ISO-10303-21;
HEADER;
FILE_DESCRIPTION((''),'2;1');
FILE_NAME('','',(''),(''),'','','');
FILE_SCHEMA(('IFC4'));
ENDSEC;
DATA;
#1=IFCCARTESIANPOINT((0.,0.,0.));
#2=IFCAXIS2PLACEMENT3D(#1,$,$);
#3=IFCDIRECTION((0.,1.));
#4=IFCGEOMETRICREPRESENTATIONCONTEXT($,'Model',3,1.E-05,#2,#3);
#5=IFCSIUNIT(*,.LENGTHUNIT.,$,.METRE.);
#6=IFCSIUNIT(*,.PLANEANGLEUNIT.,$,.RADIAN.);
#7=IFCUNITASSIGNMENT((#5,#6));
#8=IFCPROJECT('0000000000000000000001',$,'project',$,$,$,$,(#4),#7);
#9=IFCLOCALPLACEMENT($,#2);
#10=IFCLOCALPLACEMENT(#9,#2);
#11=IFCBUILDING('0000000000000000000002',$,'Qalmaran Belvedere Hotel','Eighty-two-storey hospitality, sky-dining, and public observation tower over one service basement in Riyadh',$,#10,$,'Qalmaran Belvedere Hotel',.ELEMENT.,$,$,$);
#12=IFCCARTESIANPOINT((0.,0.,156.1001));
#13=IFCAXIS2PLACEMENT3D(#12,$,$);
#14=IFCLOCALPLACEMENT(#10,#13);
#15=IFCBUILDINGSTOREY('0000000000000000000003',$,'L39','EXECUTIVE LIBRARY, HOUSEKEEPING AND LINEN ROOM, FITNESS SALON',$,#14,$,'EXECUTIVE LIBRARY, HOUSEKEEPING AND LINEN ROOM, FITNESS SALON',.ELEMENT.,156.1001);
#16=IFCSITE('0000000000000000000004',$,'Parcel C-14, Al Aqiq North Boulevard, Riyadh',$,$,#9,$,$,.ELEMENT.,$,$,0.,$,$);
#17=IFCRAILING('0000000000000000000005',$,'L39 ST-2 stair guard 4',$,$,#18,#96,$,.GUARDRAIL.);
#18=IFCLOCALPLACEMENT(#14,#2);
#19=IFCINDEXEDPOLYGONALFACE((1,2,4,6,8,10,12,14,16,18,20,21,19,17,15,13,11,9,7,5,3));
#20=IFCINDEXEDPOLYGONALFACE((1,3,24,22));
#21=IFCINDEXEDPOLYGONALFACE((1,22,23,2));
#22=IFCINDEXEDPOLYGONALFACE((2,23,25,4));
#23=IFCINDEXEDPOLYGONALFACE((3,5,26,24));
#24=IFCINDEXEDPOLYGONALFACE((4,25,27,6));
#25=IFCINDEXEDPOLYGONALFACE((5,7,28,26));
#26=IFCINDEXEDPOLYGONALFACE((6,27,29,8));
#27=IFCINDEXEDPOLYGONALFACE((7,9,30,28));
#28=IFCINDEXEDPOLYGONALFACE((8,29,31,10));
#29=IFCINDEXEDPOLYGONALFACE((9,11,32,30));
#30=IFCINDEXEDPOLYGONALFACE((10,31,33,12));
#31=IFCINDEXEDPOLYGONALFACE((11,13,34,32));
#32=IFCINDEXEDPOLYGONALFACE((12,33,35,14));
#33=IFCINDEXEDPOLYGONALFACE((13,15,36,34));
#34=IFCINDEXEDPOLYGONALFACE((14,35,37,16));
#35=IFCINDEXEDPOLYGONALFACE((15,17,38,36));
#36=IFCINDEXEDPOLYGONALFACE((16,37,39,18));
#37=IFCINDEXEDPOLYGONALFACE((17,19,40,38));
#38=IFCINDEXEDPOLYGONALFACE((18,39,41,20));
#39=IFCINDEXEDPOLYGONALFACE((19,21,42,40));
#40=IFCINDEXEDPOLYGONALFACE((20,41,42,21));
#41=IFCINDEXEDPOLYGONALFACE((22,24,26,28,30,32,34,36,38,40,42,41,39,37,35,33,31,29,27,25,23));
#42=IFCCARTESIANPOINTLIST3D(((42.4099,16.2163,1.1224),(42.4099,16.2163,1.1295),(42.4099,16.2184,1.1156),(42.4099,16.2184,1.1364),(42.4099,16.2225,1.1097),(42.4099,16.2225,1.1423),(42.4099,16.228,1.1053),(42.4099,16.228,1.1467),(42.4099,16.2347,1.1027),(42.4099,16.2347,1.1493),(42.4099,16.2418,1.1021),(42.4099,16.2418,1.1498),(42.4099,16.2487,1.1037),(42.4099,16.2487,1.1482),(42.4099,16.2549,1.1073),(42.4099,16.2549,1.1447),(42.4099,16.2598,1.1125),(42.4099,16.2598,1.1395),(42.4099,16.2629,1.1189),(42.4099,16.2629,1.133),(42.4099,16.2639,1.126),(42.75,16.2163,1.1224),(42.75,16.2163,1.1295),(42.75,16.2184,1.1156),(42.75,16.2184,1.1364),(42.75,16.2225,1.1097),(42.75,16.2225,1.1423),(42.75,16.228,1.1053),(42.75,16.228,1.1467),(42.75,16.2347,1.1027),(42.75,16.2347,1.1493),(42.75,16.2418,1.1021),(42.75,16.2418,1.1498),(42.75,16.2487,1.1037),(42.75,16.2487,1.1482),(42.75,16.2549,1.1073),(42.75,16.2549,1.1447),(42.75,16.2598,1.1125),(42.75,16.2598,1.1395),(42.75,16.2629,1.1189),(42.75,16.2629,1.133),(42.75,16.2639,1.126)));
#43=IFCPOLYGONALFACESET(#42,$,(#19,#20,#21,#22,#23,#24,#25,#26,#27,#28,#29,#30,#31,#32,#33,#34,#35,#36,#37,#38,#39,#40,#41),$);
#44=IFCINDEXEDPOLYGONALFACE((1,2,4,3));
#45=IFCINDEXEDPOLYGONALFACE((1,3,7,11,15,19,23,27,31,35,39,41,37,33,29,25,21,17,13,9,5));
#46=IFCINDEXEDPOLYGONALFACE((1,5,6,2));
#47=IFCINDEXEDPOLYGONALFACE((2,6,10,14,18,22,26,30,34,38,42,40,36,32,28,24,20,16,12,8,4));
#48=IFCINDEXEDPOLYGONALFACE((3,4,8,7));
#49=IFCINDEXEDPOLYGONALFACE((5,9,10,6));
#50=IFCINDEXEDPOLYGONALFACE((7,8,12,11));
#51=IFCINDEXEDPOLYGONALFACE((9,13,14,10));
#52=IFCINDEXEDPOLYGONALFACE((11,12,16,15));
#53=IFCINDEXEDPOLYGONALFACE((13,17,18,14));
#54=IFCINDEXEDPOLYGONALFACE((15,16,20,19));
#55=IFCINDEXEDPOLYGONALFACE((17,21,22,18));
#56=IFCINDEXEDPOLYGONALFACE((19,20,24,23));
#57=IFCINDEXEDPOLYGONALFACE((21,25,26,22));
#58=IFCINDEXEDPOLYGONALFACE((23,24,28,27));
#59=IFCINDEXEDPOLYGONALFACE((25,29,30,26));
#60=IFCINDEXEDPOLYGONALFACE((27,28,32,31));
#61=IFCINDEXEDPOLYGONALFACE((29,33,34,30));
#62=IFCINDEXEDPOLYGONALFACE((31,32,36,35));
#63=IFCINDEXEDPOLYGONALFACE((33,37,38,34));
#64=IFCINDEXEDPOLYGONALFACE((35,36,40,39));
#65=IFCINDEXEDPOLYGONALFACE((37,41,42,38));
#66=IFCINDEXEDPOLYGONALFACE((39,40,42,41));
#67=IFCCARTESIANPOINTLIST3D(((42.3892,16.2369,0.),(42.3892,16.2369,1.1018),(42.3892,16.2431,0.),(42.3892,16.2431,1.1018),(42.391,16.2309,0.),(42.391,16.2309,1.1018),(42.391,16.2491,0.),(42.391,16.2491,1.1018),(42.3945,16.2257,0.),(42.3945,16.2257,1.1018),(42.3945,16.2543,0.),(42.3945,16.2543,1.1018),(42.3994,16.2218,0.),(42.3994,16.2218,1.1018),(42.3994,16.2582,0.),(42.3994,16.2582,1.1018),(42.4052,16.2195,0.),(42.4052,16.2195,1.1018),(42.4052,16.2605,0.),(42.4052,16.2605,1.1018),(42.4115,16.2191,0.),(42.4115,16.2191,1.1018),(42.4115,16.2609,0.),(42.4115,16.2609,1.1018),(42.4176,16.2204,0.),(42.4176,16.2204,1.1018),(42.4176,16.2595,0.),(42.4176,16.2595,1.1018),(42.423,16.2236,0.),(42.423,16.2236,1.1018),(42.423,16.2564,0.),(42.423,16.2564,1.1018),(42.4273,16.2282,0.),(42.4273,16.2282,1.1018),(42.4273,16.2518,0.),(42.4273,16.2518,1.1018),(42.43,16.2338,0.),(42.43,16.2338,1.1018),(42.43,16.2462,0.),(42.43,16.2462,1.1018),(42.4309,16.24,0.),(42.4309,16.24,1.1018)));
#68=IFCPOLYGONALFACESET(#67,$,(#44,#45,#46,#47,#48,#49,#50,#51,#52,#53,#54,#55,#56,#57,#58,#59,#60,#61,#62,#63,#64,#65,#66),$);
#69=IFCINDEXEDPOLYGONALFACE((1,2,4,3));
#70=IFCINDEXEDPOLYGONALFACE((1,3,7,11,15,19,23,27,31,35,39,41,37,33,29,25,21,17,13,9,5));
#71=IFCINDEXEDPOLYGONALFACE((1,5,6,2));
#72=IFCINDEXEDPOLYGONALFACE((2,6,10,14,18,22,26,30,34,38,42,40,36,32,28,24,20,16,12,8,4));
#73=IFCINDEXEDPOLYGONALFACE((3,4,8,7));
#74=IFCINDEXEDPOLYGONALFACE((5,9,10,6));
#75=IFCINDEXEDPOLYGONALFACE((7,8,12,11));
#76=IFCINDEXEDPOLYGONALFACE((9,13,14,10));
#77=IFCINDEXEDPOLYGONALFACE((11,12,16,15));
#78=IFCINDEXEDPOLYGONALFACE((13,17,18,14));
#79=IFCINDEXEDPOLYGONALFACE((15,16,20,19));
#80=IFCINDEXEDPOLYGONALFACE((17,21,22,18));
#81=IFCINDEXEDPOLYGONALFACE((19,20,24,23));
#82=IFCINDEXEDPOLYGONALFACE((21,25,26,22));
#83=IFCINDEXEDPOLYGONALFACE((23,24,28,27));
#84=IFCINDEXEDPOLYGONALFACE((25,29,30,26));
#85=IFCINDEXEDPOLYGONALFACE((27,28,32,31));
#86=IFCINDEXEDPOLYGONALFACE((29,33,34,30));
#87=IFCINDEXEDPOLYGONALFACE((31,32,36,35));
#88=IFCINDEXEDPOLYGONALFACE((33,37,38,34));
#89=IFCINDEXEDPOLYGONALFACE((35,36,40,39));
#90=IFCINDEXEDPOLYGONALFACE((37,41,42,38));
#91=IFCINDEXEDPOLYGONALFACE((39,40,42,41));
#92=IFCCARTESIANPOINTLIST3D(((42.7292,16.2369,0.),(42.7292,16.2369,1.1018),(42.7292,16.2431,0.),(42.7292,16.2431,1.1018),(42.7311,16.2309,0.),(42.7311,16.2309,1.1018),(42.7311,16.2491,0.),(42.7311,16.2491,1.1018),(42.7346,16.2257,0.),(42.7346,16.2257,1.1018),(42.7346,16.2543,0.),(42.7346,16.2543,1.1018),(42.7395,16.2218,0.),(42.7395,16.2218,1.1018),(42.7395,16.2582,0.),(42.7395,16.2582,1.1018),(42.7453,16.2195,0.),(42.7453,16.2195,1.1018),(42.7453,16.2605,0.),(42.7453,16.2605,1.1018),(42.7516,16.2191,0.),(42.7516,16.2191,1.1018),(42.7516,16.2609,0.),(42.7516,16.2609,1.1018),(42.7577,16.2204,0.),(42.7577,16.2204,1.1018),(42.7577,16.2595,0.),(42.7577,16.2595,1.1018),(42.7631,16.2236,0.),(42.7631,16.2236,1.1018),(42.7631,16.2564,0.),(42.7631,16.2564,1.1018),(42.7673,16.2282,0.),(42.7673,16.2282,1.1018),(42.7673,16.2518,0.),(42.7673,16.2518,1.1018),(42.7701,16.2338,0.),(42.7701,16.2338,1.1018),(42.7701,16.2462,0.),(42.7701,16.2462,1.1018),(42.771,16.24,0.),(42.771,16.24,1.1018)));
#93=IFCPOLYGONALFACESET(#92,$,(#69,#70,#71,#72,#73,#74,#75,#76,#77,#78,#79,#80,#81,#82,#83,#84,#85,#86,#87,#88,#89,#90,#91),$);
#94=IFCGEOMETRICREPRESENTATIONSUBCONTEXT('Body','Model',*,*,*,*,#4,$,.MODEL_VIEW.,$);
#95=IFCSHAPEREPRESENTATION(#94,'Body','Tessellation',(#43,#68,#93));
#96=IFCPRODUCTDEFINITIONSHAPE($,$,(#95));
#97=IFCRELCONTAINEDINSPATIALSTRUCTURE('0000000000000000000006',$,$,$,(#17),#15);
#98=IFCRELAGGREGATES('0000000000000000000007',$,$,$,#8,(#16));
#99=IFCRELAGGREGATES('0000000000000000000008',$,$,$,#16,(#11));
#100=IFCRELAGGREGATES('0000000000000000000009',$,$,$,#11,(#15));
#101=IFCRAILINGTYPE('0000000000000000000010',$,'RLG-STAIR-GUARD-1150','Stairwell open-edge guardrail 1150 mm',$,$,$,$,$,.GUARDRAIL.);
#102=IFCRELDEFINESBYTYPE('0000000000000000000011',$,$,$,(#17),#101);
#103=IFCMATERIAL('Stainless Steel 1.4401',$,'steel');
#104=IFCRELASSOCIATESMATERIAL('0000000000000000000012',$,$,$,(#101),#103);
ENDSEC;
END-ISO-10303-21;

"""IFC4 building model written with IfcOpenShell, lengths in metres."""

from ifc_helpers import new_model, si_unit, direction, frame, origin, origin_2d, place, context, subcontext, project, spatial, circle, extrude, material, type_object, element, save


model = new_model("IFC4")

# Units and contexts
model_context = context("Model", 3, precision=1e-05, world=origin(), true_north=direction((0.0, 1.0)))
body_context = subcontext(model_context, "Body", "Model", "MODEL_VIEW")
ifc_project = project(units=[si_unit("LENGTHUNIT", "METRE"), si_unit("PLANEANGLEUNIT", "RADIAN")], contexts=[model_context])

# Site, building, storey
site_placement = place(None, origin())
site = spatial("IfcSite", under=ifc_project, at=site_placement, Name="Parcel C-14, Al Aqiq North Boulevard, Riyadh", CompositionType="ELEMENT", RefElevation=0.0)
building_placement = place(site_placement, origin())
building = spatial("IfcBuilding", under=site, at=building_placement, Name="Qalmaran Belvedere Hotel", Description="Eighty-two-storey hospitality, sky-dining, and public observation tower over one service basement in Riyadh", LongName="Qalmaran Belvedere Hotel", CompositionType="ELEMENT")
storey_placement = place(building_placement, frame((0.0, 0.0, 156.1001)))
storey = spatial("IfcBuildingStorey", under=building, at=storey_placement, Name="L39", Description="EXECUTIVE LIBRARY, HOUSEKEEPING AND LINEN ROOM, FITNESS SALON", LongName="EXECUTIVE LIBRARY, HOUSEKEEPING AND LINEN ROOM, FITNESS SALON", CompositionType="ELEMENT", Elevation=156.1001)

# Railing
ifc_material_1 = material(Name="Stainless Steel 1.4401", Category="steel")
railing_type_1 = type_object("IfcRailingType", Name="RLG-STAIR-GUARD-1150", Description="Stairwell open-edge guardrail 1150 mm", PredefinedType="GUARDRAIL", material=ifc_material_1)
railing_1_placement = place(storey_placement, frame((42.4099, 16.24, 0.0)))
element("IfcRailing", 1, at=railing_1_placement, inside=storey, type_object=railing_type_1, Name="L39 ST-2 stair guard 4", PredefinedType="GUARDRAIL", context=body_context, shape_type="SweptSolid", body=[
    extrude(circle(Radius=0.0239, at=origin_2d()), frame((0.0, 0.0, 1.126), z_axis=(1.0, 0.0, 0.0), x_axis=(0.0, 1.0, 0.0)), (0.0, 0.0, 1.0), 0.3401),
    extrude(circle(Radius=0.021, at=origin_2d()), origin(), (0.0, 0.0, 1.0), 1.1018),
    extrude(circle(Radius=0.021, at=origin_2d()), frame((0.3401, 0.0, 0.0)), (0.0, 0.0, 1.0), 1.1018),
])

save(model, "model.ifc")
